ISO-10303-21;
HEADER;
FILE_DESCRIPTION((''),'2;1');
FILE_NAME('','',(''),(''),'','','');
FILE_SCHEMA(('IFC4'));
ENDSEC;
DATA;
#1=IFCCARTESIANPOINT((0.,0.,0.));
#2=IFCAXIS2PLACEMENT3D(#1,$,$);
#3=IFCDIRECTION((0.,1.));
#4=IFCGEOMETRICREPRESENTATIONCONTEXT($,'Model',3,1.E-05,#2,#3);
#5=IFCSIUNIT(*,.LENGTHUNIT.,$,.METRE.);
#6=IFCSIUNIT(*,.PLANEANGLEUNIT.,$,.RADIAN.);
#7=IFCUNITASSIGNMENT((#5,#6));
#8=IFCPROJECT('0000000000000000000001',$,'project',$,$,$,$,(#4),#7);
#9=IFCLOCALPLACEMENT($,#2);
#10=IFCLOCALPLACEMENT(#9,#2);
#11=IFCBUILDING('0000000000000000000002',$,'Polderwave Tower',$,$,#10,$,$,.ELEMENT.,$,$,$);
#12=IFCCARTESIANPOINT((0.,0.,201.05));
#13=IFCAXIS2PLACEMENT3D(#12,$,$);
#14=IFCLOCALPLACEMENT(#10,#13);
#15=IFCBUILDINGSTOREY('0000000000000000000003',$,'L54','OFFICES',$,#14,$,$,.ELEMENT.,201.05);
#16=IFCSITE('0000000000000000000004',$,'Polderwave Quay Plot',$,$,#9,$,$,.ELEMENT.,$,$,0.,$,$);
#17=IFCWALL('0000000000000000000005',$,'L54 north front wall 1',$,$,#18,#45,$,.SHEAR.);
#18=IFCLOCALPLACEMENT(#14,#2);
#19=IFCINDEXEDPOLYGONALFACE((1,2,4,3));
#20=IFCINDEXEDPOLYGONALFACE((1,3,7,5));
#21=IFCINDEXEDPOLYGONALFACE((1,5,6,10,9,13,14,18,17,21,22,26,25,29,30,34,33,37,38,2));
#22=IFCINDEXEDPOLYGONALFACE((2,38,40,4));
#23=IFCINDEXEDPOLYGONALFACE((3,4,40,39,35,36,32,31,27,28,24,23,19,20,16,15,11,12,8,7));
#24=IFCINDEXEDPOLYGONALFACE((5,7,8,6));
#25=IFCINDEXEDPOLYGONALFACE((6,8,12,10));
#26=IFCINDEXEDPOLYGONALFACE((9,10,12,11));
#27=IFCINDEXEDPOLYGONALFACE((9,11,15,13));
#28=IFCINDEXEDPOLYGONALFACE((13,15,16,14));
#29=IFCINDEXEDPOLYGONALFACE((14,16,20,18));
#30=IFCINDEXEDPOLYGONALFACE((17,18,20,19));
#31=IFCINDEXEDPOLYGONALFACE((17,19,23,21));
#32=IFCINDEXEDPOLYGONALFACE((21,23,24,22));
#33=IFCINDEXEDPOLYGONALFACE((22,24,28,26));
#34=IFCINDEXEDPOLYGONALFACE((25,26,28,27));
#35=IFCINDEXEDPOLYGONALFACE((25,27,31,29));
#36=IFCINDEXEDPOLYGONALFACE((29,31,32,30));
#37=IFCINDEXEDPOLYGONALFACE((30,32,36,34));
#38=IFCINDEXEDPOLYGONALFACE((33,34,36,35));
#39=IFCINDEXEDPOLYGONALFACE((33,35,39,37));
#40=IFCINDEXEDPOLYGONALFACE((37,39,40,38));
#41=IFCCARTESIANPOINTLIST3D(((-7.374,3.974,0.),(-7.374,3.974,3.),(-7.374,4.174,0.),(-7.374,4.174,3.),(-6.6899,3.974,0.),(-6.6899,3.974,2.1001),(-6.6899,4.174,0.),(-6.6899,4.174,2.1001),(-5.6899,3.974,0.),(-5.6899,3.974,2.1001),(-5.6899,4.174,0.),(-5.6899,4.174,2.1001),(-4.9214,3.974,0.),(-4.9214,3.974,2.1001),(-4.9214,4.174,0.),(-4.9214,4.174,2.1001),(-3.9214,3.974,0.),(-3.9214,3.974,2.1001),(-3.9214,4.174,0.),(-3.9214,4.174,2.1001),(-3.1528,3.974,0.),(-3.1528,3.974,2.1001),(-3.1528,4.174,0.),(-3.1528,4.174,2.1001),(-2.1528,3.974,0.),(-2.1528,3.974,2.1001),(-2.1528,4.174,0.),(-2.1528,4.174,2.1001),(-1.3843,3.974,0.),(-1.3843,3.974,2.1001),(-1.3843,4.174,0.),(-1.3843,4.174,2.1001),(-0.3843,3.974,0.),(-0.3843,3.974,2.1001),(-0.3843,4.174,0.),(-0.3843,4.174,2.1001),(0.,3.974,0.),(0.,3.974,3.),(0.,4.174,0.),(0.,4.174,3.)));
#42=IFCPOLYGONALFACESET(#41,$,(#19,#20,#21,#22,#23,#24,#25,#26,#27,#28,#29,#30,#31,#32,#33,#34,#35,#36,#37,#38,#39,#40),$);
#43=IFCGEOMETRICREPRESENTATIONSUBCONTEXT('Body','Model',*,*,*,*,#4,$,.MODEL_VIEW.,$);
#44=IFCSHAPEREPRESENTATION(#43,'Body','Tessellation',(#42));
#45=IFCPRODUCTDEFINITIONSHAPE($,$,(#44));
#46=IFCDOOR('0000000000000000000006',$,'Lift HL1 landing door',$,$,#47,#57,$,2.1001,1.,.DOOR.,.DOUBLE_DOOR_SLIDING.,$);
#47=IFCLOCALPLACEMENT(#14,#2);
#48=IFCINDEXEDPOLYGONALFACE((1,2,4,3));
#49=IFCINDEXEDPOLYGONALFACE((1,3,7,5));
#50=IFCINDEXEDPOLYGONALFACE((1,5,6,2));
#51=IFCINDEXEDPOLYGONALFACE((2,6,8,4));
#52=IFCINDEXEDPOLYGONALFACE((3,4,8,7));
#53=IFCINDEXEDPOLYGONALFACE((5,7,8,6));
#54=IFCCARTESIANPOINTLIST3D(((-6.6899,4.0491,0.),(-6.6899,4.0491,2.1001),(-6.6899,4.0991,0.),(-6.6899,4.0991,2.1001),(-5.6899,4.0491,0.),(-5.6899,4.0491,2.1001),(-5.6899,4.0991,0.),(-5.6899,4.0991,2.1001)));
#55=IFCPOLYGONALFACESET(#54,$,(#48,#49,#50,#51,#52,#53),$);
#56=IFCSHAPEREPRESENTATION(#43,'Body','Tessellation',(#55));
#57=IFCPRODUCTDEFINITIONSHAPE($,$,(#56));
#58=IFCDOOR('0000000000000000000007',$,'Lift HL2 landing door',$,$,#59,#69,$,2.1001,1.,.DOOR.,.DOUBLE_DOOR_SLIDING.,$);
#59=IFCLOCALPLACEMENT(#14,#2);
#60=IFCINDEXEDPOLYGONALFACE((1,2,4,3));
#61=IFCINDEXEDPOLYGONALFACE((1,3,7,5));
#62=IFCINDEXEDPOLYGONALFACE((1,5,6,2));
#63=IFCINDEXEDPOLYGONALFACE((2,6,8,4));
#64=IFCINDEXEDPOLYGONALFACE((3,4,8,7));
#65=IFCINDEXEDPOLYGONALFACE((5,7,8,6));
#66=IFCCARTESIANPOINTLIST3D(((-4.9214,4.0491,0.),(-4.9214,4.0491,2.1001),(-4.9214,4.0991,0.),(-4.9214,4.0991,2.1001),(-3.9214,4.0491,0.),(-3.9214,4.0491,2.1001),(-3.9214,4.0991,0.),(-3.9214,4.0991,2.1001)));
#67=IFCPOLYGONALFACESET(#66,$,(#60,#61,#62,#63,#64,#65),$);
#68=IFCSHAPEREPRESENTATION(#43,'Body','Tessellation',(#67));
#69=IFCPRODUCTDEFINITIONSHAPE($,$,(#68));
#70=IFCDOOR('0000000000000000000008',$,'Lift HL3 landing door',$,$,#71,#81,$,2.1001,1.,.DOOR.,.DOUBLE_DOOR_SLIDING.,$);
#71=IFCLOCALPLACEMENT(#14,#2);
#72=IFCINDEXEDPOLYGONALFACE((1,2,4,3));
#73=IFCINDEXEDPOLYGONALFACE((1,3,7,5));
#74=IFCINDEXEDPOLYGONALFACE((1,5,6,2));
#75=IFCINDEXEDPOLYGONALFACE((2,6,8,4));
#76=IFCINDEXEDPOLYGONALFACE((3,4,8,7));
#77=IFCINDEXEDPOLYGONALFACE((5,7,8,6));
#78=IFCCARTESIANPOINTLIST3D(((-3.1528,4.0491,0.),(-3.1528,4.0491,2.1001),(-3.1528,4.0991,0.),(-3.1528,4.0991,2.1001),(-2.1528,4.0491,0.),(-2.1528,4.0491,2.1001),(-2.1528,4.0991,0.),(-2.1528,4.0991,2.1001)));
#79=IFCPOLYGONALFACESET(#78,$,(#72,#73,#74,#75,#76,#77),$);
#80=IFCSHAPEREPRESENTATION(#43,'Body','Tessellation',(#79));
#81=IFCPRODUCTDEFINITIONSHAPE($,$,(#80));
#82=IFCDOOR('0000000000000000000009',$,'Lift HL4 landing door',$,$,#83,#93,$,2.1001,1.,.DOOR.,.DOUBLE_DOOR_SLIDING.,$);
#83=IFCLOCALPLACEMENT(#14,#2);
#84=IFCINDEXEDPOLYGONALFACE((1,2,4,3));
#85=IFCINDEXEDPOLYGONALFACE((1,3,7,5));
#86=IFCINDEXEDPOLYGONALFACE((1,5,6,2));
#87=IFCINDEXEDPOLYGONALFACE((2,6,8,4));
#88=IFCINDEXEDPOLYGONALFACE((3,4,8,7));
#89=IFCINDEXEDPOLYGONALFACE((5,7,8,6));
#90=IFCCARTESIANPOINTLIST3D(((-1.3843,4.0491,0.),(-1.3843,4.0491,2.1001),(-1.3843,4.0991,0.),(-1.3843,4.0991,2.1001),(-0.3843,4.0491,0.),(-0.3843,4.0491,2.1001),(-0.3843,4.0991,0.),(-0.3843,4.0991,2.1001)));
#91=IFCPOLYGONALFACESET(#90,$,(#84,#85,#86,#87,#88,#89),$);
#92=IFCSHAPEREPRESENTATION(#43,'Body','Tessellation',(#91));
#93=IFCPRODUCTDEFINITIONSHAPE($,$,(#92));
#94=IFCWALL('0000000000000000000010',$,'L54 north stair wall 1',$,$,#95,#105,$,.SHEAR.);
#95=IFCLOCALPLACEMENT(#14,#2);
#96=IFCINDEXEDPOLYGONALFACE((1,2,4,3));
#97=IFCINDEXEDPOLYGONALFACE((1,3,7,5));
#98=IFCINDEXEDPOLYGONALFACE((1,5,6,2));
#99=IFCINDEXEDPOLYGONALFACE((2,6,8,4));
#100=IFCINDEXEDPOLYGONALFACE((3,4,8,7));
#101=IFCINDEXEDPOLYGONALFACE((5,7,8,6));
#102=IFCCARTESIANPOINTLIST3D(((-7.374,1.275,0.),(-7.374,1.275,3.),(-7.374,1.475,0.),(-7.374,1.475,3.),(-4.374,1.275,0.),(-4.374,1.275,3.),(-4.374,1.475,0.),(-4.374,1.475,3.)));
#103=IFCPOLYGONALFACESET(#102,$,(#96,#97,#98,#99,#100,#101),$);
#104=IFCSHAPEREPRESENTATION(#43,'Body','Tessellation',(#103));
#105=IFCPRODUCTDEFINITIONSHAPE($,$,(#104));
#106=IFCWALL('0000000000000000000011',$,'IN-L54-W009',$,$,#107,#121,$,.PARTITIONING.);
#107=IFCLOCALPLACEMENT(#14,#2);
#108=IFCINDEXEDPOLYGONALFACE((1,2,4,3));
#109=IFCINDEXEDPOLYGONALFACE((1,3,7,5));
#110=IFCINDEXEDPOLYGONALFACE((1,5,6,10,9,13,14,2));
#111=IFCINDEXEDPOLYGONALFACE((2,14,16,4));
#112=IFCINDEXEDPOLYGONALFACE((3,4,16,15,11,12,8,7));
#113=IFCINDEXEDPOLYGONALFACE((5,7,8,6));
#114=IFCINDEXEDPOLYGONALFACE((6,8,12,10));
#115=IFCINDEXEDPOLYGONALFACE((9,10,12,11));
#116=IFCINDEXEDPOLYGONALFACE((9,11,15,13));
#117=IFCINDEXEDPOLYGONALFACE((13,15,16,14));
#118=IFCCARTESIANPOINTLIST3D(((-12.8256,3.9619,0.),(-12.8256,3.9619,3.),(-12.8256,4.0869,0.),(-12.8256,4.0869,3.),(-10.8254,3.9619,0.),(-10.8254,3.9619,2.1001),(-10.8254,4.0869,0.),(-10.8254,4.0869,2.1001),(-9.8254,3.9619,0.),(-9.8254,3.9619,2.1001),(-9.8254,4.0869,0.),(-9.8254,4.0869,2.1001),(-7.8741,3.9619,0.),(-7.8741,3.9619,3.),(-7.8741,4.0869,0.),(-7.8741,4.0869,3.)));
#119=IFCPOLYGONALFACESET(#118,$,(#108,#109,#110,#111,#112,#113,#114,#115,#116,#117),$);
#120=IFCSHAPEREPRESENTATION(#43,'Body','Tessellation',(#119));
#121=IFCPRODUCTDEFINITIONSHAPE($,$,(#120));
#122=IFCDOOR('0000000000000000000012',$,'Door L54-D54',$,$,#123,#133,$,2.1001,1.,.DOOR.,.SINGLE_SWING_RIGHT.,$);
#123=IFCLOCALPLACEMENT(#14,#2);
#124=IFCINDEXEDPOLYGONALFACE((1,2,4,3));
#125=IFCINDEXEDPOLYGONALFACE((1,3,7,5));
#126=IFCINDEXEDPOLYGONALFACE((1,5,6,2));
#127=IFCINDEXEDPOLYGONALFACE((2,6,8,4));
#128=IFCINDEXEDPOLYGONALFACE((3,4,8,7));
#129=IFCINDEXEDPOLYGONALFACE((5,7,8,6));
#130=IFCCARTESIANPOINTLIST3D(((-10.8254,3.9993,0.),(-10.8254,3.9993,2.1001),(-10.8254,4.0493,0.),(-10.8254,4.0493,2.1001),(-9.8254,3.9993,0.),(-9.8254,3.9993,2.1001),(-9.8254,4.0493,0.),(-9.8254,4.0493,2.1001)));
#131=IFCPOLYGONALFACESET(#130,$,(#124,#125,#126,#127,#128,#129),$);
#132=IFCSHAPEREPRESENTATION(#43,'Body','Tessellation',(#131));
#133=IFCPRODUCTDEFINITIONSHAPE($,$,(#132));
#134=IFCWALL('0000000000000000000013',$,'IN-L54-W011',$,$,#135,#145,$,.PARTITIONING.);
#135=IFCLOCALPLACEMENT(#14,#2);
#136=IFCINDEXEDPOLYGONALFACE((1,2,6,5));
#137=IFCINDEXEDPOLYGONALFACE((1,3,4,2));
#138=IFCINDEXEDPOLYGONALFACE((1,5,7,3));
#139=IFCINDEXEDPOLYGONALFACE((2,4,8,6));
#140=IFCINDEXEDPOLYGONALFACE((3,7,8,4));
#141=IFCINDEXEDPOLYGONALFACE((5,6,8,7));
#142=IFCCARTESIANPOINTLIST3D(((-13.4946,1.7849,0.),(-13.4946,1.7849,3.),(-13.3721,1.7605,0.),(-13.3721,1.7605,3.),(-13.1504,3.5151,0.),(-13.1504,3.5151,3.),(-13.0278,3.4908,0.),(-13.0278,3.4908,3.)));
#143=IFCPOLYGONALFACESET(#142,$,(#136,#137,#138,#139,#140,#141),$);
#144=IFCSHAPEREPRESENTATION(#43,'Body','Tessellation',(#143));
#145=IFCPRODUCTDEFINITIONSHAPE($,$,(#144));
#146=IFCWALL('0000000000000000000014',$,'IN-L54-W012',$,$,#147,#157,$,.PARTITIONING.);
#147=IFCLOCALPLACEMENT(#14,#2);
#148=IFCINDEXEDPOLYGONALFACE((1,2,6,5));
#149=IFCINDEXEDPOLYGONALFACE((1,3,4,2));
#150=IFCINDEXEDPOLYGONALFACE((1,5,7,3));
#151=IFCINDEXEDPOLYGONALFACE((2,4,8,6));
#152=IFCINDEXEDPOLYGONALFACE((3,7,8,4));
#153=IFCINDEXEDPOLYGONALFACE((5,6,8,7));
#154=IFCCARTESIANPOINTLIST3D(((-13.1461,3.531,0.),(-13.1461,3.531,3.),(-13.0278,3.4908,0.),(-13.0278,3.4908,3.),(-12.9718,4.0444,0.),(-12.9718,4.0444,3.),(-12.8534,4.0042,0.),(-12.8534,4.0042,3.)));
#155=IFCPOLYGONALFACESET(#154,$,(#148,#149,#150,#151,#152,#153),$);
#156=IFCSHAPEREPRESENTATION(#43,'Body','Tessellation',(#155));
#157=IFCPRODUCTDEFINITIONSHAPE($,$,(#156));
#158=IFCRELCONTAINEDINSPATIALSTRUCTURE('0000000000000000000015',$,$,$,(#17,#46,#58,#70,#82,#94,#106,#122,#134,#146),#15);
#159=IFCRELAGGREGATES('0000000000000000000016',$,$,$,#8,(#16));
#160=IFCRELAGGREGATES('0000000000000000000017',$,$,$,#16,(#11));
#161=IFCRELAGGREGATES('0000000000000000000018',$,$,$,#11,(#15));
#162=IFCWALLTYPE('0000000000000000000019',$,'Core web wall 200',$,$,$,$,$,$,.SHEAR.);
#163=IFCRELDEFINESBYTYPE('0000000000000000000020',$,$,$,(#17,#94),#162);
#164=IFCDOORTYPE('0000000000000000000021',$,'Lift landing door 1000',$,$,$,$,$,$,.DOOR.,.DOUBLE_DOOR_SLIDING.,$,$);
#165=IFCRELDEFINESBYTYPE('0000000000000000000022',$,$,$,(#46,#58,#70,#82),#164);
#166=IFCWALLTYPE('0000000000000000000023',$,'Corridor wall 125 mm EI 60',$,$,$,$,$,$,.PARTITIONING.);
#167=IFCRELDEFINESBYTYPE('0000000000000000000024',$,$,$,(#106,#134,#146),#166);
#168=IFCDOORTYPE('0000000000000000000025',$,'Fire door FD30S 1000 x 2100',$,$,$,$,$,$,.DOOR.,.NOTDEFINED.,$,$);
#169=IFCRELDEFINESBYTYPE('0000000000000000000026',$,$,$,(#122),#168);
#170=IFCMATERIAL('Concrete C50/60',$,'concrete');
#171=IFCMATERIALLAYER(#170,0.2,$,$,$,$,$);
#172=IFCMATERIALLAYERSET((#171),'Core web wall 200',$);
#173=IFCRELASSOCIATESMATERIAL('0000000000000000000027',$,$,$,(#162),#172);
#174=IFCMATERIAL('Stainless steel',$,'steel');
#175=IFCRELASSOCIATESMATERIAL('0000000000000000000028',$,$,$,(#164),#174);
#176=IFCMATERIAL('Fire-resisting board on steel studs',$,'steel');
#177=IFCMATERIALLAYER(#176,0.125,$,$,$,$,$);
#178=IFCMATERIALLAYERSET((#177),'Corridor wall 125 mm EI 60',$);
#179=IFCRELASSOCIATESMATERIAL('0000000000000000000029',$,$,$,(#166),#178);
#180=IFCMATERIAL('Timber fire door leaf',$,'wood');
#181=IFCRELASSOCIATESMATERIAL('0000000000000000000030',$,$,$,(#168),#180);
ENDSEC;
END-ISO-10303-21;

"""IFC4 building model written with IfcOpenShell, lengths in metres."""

from ifc_helpers import new_model, si_unit, direction, frame, frame_2d, origin, place, context, subcontext, project, spatial, rectangle, extrude, material, layer, layer_set, type_object, element, fill, save


model = new_model("IFC4")

# Units and contexts
model_context = context("Model", 3, precision=1e-05, world=origin(), true_north=direction((0.0, 1.0)))
body_context = subcontext(model_context, "Body", "Model", "MODEL_VIEW")
ifc_project = project(units=[si_unit("LENGTHUNIT", "METRE"), si_unit("PLANEANGLEUNIT", "RADIAN")], contexts=[model_context])

# Site, building, storey
site_placement = place(None, origin())
site = spatial("IfcSite", under=ifc_project, at=site_placement, Name="Polderwave Quay Plot", CompositionType="ELEMENT", RefElevation=0.0)
building_placement = place(site_placement, origin())
building = spatial("IfcBuilding", under=site, at=building_placement, Name="Polderwave Tower", CompositionType="ELEMENT")
storey_placement = place(building_placement, frame((0.0, 0.0, 201.05)))
storey = spatial("IfcBuildingStorey", under=building, at=storey_placement, Name="L54", Description="OFFICES", CompositionType="ELEMENT", Elevation=201.05)

# Wall, openings, doors
ifc_material_1 = material(Name="Concrete C50/60", Category="concrete")
ifc_layer_1 = layer(ifc_material_1, 0.2)
ifc_layer_set_1 = layer_set([ifc_layer_1], Name="Core web wall 200")
wall_type_1 = type_object("IfcWallType", Name="Core web wall 200", PredefinedType="SHEAR", material=ifc_layer_set_1)
wall_1_placement = place(storey_placement, frame((-7.374, 4.074, 0.0), z_axis=(0.0, 0.0, 1.0), x_axis=(1.0, 0.0, 0.0)))
wall_1 = element("IfcWall", 1, at=wall_1_placement, inside=storey, type_object=wall_type_1, Name="L54 north front wall 1", PredefinedType="SHEAR", context=body_context, shape_type="SweptSolid", body=[
    extrude(rectangle(XDim=7.374, YDim=0.2, at=frame_2d((3.687, 0.0))), origin(), (0.0, 0.0, 1.0), 3.0),
])
opening_1_placement = place(wall_1_placement, frame((0.6841, 0.0, 0.0)))
opening_1 = element("IfcOpeningElement", 2, at=opening_1_placement, cuts=wall_1, PredefinedType="OPENING", context=body_context, shape_type="SweptSolid", body=[
    extrude(rectangle(XDim=1.0, YDim=2.1001, at=frame_2d((0.5, 1.05))), frame((0.0, 0.1099, 0.0), z_axis=(0.0, -1.0, 0.0), x_axis=(1.0, 0.0, 0.0)), (0.0, 0.0, 1.0), 0.22),
])
opening_2_placement = place(wall_1_placement, frame((2.4526, 0.0, 0.0)))
opening_2 = element("IfcOpeningElement", 3, at=opening_2_placement, cuts=wall_1, PredefinedType="OPENING", context=body_context, shape_type="SweptSolid", body=[
    extrude(rectangle(XDim=1.0, YDim=2.1001, at=frame_2d((0.5, 1.05))), frame((0.0, 0.1099, 0.0), z_axis=(0.0, -1.0, 0.0), x_axis=(1.0, 0.0, 0.0)), (0.0, 0.0, 1.0), 0.22),
])
opening_3_placement = place(wall_1_placement, frame((4.2212, 0.0, 0.0)))
opening_3 = element("IfcOpeningElement", 4, at=opening_3_placement, cuts=wall_1, PredefinedType="OPENING", context=body_context, shape_type="SweptSolid", body=[
    extrude(rectangle(XDim=1.0, YDim=2.1001, at=frame_2d((0.5, 1.05))), frame((0.0, 0.1099, 0.0), z_axis=(0.0, -1.0, 0.0), x_axis=(1.0, 0.0, 0.0)), (0.0, 0.0, 1.0), 0.22),
])
opening_4_placement = place(wall_1_placement, frame((5.9897, 0.0, 0.0)))
opening_4 = element("IfcOpeningElement", 5, at=opening_4_placement, cuts=wall_1, PredefinedType="OPENING", context=body_context, shape_type="SweptSolid", body=[
    extrude(rectangle(XDim=1.0, YDim=2.1001, at=frame_2d((0.5, 1.05))), frame((0.0, 0.1099, 0.0), z_axis=(0.0, -1.0, 0.0), x_axis=(1.0, 0.0, 0.0)), (0.0, 0.0, 1.0), 0.22),
])
ifc_material_2 = material(Name="Stainless steel", Category="steel")
door_type_1 = type_object("IfcDoorType", Name="Lift landing door 1000", OperationType="DOUBLE_DOOR_SLIDING", PredefinedType="DOOR", material=ifc_material_2)
door_1_placement = place(opening_1_placement, frame((1.0, 0.0, 0.0), z_axis=(0.0, 0.0, 1.0), x_axis=(-1.0, 0.0, 0.0)))
door_1 = element("IfcDoor", 6, at=door_1_placement, inside=storey, type_object=door_type_1, Name="Lift HL1 landing door", OperationType="DOUBLE_DOOR_SLIDING", OverallHeight=2.1001, OverallWidth=1.0, PredefinedType="DOOR", context=body_context, shape_type="SweptSolid", body=[
    extrude(rectangle(XDim=1.0, YDim=2.1001, at=frame_2d((0.5, 1.05))), frame((0.0, 0.0249, 0.0), z_axis=(0.0, -1.0, 0.0), x_axis=(1.0, 0.0, 0.0)), (0.0, 0.0, 1.0), 0.05),
])
fill(opening_1, door_1)
door_2_placement = place(opening_2_placement, frame((1.0, 0.0, 0.0), z_axis=(0.0, 0.0, 1.0), x_axis=(-1.0, 0.0, 0.0)))
door_2 = element("IfcDoor", 7, at=door_2_placement, inside=storey, type_object=door_type_1, Name="Lift HL2 landing door", OperationType="DOUBLE_DOOR_SLIDING", OverallHeight=2.1001, OverallWidth=1.0, PredefinedType="DOOR", context=body_context, shape_type="SweptSolid", body=[
    extrude(rectangle(XDim=1.0, YDim=2.1001, at=frame_2d((0.5, 1.05))), frame((0.0, 0.0249, 0.0), z_axis=(0.0, -1.0, 0.0), x_axis=(1.0, 0.0, 0.0)), (0.0, 0.0, 1.0), 0.05),
])
fill(opening_2, door_2)
door_3_placement = place(opening_3_placement, frame((1.0, 0.0, 0.0), z_axis=(0.0, 0.0, 1.0), x_axis=(-1.0, 0.0, 0.0)))
door_3 = element("IfcDoor", 8, at=door_3_placement, inside=storey, type_object=door_type_1, Name="Lift HL3 landing door", OperationType="DOUBLE_DOOR_SLIDING", OverallHeight=2.1001, OverallWidth=1.0, PredefinedType="DOOR", context=body_context, shape_type="SweptSolid", body=[
    extrude(rectangle(XDim=1.0, YDim=2.1001, at=frame_2d((0.5, 1.05))), frame((0.0, 0.0249, 0.0), z_axis=(0.0, -1.0, 0.0), x_axis=(1.0, 0.0, 0.0)), (0.0, 0.0, 1.0), 0.05),
])
fill(opening_3, door_3)
door_4_placement = place(opening_4_placement, frame((1.0, 0.0, 0.0), z_axis=(0.0, 0.0, 1.0), x_axis=(-1.0, 0.0, 0.0)))
door_4 = element("IfcDoor", 9, at=door_4_placement, inside=storey, type_object=door_type_1, Name="Lift HL4 landing door", OperationType="DOUBLE_DOOR_SLIDING", OverallHeight=2.1001, OverallWidth=1.0, PredefinedType="DOOR", context=body_context, shape_type="SweptSolid", body=[
    extrude(rectangle(XDim=1.0, YDim=2.1001, at=frame_2d((0.5, 1.05))), frame((0.0, 0.0249, 0.0), z_axis=(0.0, -1.0, 0.0), x_axis=(1.0, 0.0, 0.0)), (0.0, 0.0, 1.0), 0.05),
])
fill(opening_4, door_4)

# Wall
wall_2_placement = place(storey_placement, frame((-7.374, 1.375, 0.0), z_axis=(0.0, 0.0, 1.0), x_axis=(1.0, 0.0, 0.0)))
element("IfcWall", 10, at=wall_2_placement, inside=storey, type_object=wall_type_1, Name="L54 north stair wall 1", PredefinedType="SHEAR", context=body_context, shape_type="SweptSolid", body=[
    extrude(rectangle(XDim=3.0, YDim=0.2, at=frame_2d((1.5, 0.0))), origin(), (0.0, 0.0, 1.0), 3.0),
])

# Wall, opening, door
ifc_material_3 = material(Name="Fire-resisting board on steel studs", Category="steel")
ifc_layer_2 = layer(ifc_material_3, 0.125)
ifc_layer_set_2 = layer_set([ifc_layer_2], Name="Corridor wall 125 mm EI 60")
wall_type_2 = type_object("IfcWallType", Name="Corridor wall 125 mm EI 60", PredefinedType="PARTITIONING", material=ifc_layer_set_2)
wall_3_placement = place(storey_placement, frame((-12.8254, 4.0244, 0.0), z_axis=(0.0, 0.0, 1.0), x_axis=(1.0, 0.0, 0.0)))
wall_3 = element("IfcWall", 11, at=wall_3_placement, inside=storey, type_object=wall_type_2, Name="IN-L54-W009", PredefinedType="PARTITIONING", context=body_context, shape_type="SweptSolid", body=[
    extrude(rectangle(XDim=4.9514, YDim=0.125, at=frame_2d((2.4756, 0.0))), origin(), (0.0, 0.0, 1.0), 3.0),
])
opening_5_placement = place(wall_3_placement, frame((2.0, 0.0, 0.0)))
opening_5 = element("IfcOpeningElement", 12, at=opening_5_placement, cuts=wall_3, PredefinedType="OPENING", context=body_context, shape_type="SweptSolid", body=[
    extrude(rectangle(XDim=1.0, YDim=2.1001, at=frame_2d((0.5, 1.05))), frame((0.0, 0.0725, 0.0), z_axis=(0.0, -1.0, 0.0), x_axis=(1.0, 0.0, 0.0)), (0.0, 0.0, 1.0), 0.145),
])
ifc_material_4 = material(Name="Timber fire door leaf", Category="wood")
door_type_2 = type_object("IfcDoorType", Name="Fire door FD30S 1000 x 2100", OperationType="NOTDEFINED", PredefinedType="DOOR", material=ifc_material_4)
door_5_placement = place(opening_5_placement, origin())
door_5 = element("IfcDoor", 13, at=door_5_placement, inside=storey, type_object=door_type_2, Name="Door L54-D54", OperationType="SINGLE_SWING_RIGHT", OverallHeight=2.1001, OverallWidth=1.0, PredefinedType="DOOR", context=body_context, shape_type="SweptSolid", body=[
    extrude(rectangle(XDim=1.0, YDim=2.1001, at=frame_2d((0.5, 1.05))), frame((0.0, 0.0249, 0.0), z_axis=(0.0, -1.0, 0.0), x_axis=(1.0, 0.0, 0.0)), (0.0, 0.0, 1.0), 0.05),
])
fill(opening_5, door_5)

# Walls
wall_4_placement = place(storey_placement, frame((-13.4333, 1.7727, 0.0), z_axis=(0.0, 0.0, 1.0), x_axis=(0.195131, 0.980777, 0.0)))
element("IfcWall", 14, at=wall_4_placement, inside=storey, type_object=wall_type_2, Name="IN-L54-W011", PredefinedType="PARTITIONING", context=body_context, shape_type="SweptSolid", body=[
    extrude(rectangle(XDim=1.7642, YDim=0.125, at=frame_2d((0.8821, 0.0))), origin(), (0.0, 0.0, 1.0), 3.0),
])
wall_5_placement = place(storey_placement, frame((-13.0869, 3.511, 0.0), z_axis=(0.0, 0.0, 1.0), x_axis=(0.321491, 0.946913, 0.0)))
element("IfcWall", 15, at=wall_5_placement, inside=storey, type_object=wall_type_2, Name="IN-L54-W012", PredefinedType="PARTITIONING", context=body_context, shape_type="SweptSolid", body=[
    extrude(rectangle(XDim=0.5422, YDim=0.125, at=frame_2d((0.271, 0.0))), origin(), (0.0, 0.0, 1.0), 3.0),
])

save(model, "model.ifc")
